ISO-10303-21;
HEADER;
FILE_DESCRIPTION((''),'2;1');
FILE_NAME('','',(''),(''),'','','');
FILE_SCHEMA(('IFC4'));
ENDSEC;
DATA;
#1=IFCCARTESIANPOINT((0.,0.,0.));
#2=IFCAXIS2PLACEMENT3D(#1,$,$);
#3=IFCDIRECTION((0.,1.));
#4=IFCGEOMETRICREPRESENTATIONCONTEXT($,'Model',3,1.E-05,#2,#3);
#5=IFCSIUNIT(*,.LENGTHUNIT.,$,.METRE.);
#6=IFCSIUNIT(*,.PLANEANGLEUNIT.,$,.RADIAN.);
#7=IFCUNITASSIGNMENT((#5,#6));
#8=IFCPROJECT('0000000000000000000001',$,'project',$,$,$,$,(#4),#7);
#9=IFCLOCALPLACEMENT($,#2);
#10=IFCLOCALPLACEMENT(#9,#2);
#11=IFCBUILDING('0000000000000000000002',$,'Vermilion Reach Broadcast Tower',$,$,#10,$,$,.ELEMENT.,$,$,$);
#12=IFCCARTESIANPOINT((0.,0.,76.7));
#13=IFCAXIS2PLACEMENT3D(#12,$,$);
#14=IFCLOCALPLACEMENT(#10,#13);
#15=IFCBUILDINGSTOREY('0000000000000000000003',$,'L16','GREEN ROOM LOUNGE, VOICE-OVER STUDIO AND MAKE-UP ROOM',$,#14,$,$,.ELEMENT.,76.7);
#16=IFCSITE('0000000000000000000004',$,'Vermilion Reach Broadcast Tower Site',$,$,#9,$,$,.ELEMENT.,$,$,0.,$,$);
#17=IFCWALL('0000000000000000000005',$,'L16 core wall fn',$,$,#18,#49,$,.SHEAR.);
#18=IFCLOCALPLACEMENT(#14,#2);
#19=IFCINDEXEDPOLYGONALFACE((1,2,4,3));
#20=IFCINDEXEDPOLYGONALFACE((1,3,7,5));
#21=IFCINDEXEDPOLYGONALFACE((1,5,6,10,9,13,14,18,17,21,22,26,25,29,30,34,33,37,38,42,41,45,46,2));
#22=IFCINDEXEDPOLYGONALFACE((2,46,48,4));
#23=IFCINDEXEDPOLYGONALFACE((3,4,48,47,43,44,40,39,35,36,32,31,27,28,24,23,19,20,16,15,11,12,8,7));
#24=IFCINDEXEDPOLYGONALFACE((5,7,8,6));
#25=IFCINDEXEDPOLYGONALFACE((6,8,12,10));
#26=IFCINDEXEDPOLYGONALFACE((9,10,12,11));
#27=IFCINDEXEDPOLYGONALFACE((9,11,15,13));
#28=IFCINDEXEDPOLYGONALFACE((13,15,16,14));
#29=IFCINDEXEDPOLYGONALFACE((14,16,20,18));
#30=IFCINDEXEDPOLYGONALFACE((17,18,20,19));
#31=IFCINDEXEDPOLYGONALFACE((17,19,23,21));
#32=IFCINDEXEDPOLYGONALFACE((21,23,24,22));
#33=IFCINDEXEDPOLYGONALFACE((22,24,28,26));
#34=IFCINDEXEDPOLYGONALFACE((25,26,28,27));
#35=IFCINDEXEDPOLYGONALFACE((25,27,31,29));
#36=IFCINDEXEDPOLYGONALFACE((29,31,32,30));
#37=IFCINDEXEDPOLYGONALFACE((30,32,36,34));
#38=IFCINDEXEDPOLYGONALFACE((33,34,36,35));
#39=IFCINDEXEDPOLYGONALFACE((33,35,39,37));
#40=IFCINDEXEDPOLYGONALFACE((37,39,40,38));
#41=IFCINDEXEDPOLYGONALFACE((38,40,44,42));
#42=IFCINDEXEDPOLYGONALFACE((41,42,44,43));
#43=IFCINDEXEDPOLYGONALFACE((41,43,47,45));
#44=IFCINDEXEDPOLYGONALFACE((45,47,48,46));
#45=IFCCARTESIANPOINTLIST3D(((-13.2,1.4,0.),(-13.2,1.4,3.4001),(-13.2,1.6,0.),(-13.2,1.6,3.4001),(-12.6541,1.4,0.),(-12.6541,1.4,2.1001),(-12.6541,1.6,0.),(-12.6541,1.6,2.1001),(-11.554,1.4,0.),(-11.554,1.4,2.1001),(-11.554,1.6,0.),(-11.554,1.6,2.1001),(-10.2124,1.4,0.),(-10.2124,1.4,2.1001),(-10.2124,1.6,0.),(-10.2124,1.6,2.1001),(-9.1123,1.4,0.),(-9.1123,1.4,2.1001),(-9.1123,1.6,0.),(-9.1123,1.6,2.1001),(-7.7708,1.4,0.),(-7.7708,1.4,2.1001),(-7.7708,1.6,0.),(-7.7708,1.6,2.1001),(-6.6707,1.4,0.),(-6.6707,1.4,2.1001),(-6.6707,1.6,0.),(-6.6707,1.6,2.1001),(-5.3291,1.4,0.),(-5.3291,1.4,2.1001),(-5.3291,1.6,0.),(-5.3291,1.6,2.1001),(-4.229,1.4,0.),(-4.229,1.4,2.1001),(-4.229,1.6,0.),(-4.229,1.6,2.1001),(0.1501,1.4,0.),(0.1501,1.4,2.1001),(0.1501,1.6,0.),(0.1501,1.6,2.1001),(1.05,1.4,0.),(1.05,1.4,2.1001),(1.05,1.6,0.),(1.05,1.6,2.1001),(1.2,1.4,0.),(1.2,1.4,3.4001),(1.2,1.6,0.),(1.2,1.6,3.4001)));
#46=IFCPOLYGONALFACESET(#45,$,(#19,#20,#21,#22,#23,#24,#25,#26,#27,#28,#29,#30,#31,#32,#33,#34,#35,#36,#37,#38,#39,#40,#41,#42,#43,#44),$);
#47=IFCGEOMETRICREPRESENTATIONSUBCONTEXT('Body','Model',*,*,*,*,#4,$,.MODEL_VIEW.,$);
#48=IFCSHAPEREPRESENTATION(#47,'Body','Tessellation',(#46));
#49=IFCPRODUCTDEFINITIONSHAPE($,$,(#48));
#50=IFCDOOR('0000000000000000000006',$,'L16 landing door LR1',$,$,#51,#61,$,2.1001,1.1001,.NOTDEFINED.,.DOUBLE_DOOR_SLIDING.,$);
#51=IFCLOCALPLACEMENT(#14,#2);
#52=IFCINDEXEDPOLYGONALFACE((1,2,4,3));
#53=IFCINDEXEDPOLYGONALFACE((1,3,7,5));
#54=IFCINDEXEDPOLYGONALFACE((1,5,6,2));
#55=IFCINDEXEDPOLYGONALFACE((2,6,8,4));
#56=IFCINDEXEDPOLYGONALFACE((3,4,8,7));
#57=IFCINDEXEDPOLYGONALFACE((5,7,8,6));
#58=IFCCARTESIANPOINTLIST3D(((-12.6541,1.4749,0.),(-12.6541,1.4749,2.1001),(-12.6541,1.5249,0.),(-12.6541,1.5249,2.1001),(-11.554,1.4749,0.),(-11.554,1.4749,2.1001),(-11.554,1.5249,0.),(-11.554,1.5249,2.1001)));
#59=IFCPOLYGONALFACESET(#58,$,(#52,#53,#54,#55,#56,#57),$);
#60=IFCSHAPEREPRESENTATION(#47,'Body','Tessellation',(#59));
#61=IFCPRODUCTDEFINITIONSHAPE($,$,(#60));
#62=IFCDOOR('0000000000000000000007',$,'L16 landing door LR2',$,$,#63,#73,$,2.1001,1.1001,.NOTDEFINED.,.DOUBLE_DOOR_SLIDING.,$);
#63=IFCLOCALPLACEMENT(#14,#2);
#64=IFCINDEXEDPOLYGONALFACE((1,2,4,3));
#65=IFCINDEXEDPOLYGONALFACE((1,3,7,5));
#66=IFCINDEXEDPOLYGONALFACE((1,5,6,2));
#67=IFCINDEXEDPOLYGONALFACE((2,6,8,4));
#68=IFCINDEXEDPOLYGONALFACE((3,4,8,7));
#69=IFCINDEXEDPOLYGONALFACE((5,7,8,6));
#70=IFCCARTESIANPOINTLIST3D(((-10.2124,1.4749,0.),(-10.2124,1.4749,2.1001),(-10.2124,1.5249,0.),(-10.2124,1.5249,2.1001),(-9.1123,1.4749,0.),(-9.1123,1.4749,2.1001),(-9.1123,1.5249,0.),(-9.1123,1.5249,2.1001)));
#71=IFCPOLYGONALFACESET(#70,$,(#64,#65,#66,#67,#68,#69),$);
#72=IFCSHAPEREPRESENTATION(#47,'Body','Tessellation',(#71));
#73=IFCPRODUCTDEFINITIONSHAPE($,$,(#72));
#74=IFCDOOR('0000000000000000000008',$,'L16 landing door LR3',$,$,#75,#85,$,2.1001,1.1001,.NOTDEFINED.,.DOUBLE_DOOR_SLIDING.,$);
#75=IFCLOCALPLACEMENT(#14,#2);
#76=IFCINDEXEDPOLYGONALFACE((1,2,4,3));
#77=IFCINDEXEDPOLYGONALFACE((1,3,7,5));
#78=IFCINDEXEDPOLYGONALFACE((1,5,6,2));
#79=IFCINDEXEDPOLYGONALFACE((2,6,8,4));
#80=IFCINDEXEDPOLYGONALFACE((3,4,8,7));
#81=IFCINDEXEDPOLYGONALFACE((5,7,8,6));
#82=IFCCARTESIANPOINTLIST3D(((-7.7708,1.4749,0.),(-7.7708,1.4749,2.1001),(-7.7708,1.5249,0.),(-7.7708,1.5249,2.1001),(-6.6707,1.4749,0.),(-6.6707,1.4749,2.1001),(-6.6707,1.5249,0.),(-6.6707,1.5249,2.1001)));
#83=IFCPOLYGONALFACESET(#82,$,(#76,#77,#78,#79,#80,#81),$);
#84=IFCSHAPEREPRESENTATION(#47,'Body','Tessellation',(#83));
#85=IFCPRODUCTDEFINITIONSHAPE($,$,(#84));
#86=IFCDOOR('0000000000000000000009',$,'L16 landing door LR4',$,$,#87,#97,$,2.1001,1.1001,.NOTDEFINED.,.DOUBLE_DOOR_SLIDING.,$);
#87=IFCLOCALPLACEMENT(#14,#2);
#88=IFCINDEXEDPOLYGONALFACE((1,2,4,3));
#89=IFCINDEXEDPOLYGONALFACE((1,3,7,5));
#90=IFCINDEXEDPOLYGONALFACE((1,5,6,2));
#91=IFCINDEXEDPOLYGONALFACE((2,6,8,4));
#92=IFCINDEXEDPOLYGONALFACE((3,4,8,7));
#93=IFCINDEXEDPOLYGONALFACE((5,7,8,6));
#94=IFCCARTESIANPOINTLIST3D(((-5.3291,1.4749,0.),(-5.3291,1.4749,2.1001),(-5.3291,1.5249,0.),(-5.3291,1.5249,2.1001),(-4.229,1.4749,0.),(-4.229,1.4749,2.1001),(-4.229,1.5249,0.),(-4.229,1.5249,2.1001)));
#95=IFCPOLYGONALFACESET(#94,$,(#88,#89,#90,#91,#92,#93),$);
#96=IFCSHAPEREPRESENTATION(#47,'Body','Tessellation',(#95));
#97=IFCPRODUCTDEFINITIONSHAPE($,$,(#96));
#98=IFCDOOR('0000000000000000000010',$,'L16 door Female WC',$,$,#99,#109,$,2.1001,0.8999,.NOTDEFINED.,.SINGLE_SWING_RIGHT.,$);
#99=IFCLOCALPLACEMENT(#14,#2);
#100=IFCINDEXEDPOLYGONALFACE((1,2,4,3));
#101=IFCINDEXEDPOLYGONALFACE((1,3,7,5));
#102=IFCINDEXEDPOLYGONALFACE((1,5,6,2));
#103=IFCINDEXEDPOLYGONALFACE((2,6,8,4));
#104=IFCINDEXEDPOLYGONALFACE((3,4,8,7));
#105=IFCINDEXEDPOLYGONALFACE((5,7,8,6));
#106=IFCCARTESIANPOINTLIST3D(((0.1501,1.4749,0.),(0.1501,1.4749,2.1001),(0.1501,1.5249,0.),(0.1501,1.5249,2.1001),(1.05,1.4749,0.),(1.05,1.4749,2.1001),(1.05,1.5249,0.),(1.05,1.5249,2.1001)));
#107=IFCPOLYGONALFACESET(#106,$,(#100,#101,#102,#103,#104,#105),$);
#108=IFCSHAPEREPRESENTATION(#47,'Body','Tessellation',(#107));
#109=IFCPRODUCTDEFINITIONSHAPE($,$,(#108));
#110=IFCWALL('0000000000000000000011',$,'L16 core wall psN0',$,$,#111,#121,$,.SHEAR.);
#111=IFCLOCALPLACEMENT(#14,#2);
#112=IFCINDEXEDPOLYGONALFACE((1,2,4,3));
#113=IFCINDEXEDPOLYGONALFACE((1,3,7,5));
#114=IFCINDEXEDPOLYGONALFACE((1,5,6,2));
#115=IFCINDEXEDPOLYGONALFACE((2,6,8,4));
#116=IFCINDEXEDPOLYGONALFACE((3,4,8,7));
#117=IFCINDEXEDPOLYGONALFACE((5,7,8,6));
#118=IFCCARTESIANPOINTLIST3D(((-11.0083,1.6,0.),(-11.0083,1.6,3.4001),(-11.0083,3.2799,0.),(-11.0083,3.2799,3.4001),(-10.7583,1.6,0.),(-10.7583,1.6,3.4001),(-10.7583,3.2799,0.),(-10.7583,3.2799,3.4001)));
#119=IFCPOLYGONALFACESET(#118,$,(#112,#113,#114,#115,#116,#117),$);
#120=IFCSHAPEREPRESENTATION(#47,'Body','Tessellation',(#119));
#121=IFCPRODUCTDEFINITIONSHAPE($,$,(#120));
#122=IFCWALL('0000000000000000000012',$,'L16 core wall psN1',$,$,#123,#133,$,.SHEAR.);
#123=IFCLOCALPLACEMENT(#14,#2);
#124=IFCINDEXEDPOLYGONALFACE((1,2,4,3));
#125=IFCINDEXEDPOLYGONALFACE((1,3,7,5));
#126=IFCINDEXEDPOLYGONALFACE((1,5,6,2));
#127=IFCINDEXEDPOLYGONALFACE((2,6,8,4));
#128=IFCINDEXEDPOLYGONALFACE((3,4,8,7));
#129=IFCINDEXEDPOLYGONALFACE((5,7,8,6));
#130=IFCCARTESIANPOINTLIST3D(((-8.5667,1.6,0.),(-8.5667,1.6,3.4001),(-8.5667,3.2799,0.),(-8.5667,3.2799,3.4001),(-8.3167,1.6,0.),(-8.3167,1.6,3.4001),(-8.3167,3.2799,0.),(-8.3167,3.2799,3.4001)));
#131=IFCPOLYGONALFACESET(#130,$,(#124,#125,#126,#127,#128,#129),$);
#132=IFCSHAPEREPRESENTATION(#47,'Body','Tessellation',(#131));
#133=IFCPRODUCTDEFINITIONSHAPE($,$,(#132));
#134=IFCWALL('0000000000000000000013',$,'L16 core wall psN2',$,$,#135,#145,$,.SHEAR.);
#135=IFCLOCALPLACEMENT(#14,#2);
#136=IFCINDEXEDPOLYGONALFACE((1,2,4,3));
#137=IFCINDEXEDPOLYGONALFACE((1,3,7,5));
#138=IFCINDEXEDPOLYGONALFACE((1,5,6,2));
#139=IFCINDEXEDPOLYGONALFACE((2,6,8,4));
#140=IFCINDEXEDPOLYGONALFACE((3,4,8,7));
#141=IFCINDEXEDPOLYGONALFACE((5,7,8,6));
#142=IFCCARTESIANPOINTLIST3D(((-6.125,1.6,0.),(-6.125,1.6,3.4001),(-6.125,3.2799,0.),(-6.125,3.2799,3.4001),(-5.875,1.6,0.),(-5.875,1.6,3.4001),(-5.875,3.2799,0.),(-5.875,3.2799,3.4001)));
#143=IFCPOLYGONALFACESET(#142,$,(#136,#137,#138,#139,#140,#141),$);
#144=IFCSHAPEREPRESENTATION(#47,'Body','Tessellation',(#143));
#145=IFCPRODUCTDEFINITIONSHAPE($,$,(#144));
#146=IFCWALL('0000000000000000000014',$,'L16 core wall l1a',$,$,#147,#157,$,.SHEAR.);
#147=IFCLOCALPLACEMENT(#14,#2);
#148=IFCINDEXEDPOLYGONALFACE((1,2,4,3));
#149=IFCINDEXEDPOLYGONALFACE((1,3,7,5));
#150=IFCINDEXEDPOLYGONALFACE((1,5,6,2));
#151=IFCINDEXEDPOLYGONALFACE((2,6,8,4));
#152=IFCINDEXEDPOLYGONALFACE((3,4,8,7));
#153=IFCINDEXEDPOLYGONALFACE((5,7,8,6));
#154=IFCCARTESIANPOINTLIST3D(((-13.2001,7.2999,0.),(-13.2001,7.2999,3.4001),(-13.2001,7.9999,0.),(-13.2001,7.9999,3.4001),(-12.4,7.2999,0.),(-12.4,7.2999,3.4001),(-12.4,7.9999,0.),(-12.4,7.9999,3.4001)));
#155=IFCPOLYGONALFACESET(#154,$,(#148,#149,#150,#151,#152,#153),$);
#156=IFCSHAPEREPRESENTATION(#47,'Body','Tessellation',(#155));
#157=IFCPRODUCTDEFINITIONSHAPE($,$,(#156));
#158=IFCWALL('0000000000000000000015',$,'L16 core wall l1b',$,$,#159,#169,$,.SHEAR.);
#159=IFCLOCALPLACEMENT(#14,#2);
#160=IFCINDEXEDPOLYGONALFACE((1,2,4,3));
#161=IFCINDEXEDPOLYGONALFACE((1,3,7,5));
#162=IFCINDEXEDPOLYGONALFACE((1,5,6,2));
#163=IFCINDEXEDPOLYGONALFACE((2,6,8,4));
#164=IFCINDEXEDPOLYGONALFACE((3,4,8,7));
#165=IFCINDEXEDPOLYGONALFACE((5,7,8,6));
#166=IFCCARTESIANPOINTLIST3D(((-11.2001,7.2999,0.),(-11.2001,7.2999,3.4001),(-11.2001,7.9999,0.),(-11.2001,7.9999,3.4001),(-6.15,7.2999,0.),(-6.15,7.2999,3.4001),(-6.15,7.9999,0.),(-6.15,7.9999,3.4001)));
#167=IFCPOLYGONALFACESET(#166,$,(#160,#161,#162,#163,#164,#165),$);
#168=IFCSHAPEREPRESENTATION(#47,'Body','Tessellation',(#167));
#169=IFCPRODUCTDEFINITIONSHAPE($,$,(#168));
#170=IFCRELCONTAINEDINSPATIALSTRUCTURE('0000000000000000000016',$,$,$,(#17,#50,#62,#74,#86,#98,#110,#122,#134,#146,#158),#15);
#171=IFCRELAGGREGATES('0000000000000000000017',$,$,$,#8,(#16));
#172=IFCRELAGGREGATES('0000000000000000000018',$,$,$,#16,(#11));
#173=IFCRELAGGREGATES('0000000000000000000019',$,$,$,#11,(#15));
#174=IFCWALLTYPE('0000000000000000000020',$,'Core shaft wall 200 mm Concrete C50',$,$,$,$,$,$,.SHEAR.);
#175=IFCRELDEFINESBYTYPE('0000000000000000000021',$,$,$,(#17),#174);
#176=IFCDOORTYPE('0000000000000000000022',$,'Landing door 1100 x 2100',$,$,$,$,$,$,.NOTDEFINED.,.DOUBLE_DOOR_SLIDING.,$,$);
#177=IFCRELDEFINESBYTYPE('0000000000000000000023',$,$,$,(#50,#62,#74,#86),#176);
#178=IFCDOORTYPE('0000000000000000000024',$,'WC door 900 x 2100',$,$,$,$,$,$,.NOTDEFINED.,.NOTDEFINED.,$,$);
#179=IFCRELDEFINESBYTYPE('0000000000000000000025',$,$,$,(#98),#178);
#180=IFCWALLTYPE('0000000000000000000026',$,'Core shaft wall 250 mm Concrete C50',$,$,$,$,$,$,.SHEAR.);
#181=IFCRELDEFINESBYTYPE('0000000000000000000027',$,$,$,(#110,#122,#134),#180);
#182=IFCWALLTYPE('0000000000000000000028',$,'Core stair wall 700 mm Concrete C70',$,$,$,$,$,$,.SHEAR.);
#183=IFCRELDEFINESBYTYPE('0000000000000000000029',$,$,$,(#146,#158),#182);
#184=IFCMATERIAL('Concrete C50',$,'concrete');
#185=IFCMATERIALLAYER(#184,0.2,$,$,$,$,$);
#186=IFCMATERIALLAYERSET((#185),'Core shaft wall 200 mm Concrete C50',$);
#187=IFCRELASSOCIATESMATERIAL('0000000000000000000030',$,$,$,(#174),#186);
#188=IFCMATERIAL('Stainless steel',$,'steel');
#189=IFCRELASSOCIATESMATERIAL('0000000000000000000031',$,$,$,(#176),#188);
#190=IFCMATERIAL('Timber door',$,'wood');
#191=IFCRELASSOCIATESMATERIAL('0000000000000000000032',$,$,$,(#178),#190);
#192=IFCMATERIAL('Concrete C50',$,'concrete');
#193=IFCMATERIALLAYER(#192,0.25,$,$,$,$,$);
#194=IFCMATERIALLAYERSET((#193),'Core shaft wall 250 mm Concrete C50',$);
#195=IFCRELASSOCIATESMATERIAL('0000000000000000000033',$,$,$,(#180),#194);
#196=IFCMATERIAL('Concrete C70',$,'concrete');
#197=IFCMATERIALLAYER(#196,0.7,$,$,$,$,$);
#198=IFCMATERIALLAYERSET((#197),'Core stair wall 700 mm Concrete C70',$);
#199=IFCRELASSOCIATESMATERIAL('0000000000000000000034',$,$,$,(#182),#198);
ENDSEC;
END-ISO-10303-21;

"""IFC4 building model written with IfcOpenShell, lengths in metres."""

from ifc_helpers import new_model, si_unit, direction, frame, frame_2d, origin, place, context, subcontext, project, spatial, rectangle, extrude, material, layer, layer_set, type_object, element, fill, save


model = new_model("IFC4")

# Units and contexts
model_context = context("Model", 3, precision=1e-05, world=origin(), true_north=direction((0.0, 1.0)))
body_context = subcontext(model_context, "Body", "Model", "MODEL_VIEW")
ifc_project = project(units=[si_unit("LENGTHUNIT", "METRE"), si_unit("PLANEANGLEUNIT", "RADIAN")], contexts=[model_context])

# Site, building, storey
site_placement = place(None, origin())
site = spatial("IfcSite", under=ifc_project, at=site_placement, Name="Vermilion Reach Broadcast Tower Site", CompositionType="ELEMENT", RefElevation=0.0)
building_placement = place(site_placement, origin())
building = spatial("IfcBuilding", under=site, at=building_placement, Name="Vermilion Reach Broadcast Tower", CompositionType="ELEMENT")
storey_placement = place(building_placement, frame((0.0, 0.0, 76.7)))
storey = spatial("IfcBuildingStorey", under=building, at=storey_placement, Name="L16", Description="GREEN ROOM LOUNGE, VOICE-OVER STUDIO AND MAKE-UP ROOM", CompositionType="ELEMENT", Elevation=76.7)

# Wall, openings, doors
ifc_material_1 = material(Name="Concrete C50", Category="concrete")
ifc_layer_1 = layer(ifc_material_1, 0.2)
ifc_layer_set_1 = layer_set([ifc_layer_1], Name="Core shaft wall 200 mm Concrete C50")
wall_type_1 = type_object("IfcWallType", Name="Core shaft wall 200 mm Concrete C50", PredefinedType="SHEAR", material=ifc_layer_set_1)
wall_1_placement = place(storey_placement, frame((-13.2, 1.5, 0.0), z_axis=(0.0, 0.0, 1.0), x_axis=(1.0, 0.0, 0.0)))
wall_1 = element("IfcWall", 1, at=wall_1_placement, inside=storey, type_object=wall_type_1, Name="L16 core wall fn", PredefinedType="SHEAR", context=body_context, shape_type="SweptSolid", body=[
    extrude(rectangle(XDim=14.3999, YDim=0.2, at=frame_2d((7.2, 0.0))), origin(), (0.0, 0.0, 1.0), 3.4001),
])
opening_1_placement = place(wall_1_placement, frame((0.5459, 0.0, 0.0)))
opening_1 = element("IfcOpeningElement", 2, at=opening_1_placement, cuts=wall_1, PredefinedType="OPENING", context=body_context, shape_type="SweptSolid", body=[
    extrude(rectangle(XDim=1.1001, YDim=2.1001, at=frame_2d((0.55, 1.05))), frame((0.0, 0.1099, 0.0), z_axis=(0.0, -1.0, 0.0), x_axis=(1.0, 0.0, 0.0)), (0.0, 0.0, 1.0), 0.22),
])
opening_2_placement = place(wall_1_placement, frame((2.9875, 0.0, 0.0)))
opening_2 = element("IfcOpeningElement", 3, at=opening_2_placement, cuts=wall_1, PredefinedType="OPENING", context=body_context, shape_type="SweptSolid", body=[
    extrude(rectangle(XDim=1.1001, YDim=2.1001, at=frame_2d((0.55, 1.05))), frame((0.0, 0.1099, 0.0), z_axis=(0.0, -1.0, 0.0), x_axis=(1.0, 0.0, 0.0)), (0.0, 0.0, 1.0), 0.22),
])
opening_3_placement = place(wall_1_placement, frame((5.4292, 0.0, 0.0)))
opening_3 = element("IfcOpeningElement", 4, at=opening_3_placement, cuts=wall_1, PredefinedType="OPENING", context=body_context, shape_type="SweptSolid", body=[
    extrude(rectangle(XDim=1.1001, YDim=2.1001, at=frame_2d((0.55, 1.05))), frame((0.0, 0.1099, 0.0), z_axis=(0.0, -1.0, 0.0), x_axis=(1.0, 0.0, 0.0)), (0.0, 0.0, 1.0), 0.22),
])
opening_4_placement = place(wall_1_placement, frame((7.8708, 0.0, 0.0)))
opening_4 = element("IfcOpeningElement", 5, at=opening_4_placement, cuts=wall_1, PredefinedType="OPENING", context=body_context, shape_type="SweptSolid", body=[
    extrude(rectangle(XDim=1.1001, YDim=2.1001, at=frame_2d((0.55, 1.05))), frame((0.0, 0.1099, 0.0), z_axis=(0.0, -1.0, 0.0), x_axis=(1.0, 0.0, 0.0)), (0.0, 0.0, 1.0), 0.22),
])
opening_5_placement = place(wall_1_placement, frame((13.3501, 0.0, 0.0)))
opening_5 = element("IfcOpeningElement", 6, at=opening_5_placement, cuts=wall_1, PredefinedType="OPENING", context=body_context, shape_type="SweptSolid", body=[
    extrude(rectangle(XDim=0.8999, YDim=2.1001, at=frame_2d((0.45, 1.05))), frame((0.0, 0.1099, 0.0), z_axis=(0.0, -1.0, 0.0), x_axis=(1.0, 0.0, 0.0)), (0.0, 0.0, 1.0), 0.22),
])
ifc_material_2 = material(Name="Stainless steel", Category="steel")
door_type_1 = type_object("IfcDoorType", Name="Landing door 1100 x 2100", OperationType="DOUBLE_DOOR_SLIDING", PredefinedType="NOTDEFINED", material=ifc_material_2)
door_1_placement = place(opening_1_placement, origin())
door_1 = element("IfcDoor", 7, at=door_1_placement, inside=storey, type_object=door_type_1, Name="L16 landing door LR1", OperationType="DOUBLE_DOOR_SLIDING", OverallHeight=2.1001, OverallWidth=1.1001, PredefinedType="NOTDEFINED", context=body_context, shape_type="SweptSolid", body=[
    extrude(rectangle(XDim=1.1001, YDim=2.1001, at=frame_2d((0.55, 1.05))), frame((0.0, 0.0249, 0.0), z_axis=(0.0, -1.0, 0.0), x_axis=(1.0, 0.0, 0.0)), (0.0, 0.0, 1.0), 0.05),
])
fill(opening_1, door_1)
door_2_placement = place(opening_2_placement, origin())
door_2 = element("IfcDoor", 8, at=door_2_placement, inside=storey, type_object=door_type_1, Name="L16 landing door LR2", OperationType="DOUBLE_DOOR_SLIDING", OverallHeight=2.1001, OverallWidth=1.1001, PredefinedType="NOTDEFINED", context=body_context, shape_type="SweptSolid", body=[
    extrude(rectangle(XDim=1.1001, YDim=2.1001, at=frame_2d((0.55, 1.05))), frame((0.0, 0.0249, 0.0), z_axis=(0.0, -1.0, 0.0), x_axis=(1.0, 0.0, 0.0)), (0.0, 0.0, 1.0), 0.05),
])
fill(opening_2, door_2)
door_3_placement = place(opening_3_placement, origin())
door_3 = element("IfcDoor", 9, at=door_3_placement, inside=storey, type_object=door_type_1, Name="L16 landing door LR3", OperationType="DOUBLE_DOOR_SLIDING", OverallHeight=2.1001, OverallWidth=1.1001, PredefinedType="NOTDEFINED", context=body_context, shape_type="SweptSolid", body=[
    extrude(rectangle(XDim=1.1001, YDim=2.1001, at=frame_2d((0.55, 1.05))), frame((0.0, 0.0249, 0.0), z_axis=(0.0, -1.0, 0.0), x_axis=(1.0, 0.0, 0.0)), (0.0, 0.0, 1.0), 0.05),
])
fill(opening_3, door_3)
door_4_placement = place(opening_4_placement, origin())
door_4 = element("IfcDoor", 10, at=door_4_placement, inside=storey, type_object=door_type_1, Name="L16 landing door LR4", OperationType="DOUBLE_DOOR_SLIDING", OverallHeight=2.1001, OverallWidth=1.1001, PredefinedType="NOTDEFINED", context=body_context, shape_type="SweptSolid", body=[
    extrude(rectangle(XDim=1.1001, YDim=2.1001, at=frame_2d((0.55, 1.05))), frame((0.0, 0.0249, 0.0), z_axis=(0.0, -1.0, 0.0), x_axis=(1.0, 0.0, 0.0)), (0.0, 0.0, 1.0), 0.05),
])
fill(opening_4, door_4)
ifc_material_3 = material(Name="Timber door", Category="wood")
door_type_2 = type_object("IfcDoorType", Name="WC door 900 x 2100", OperationType="NOTDEFINED", PredefinedType="NOTDEFINED", material=ifc_material_3)
door_5_placement = place(opening_5_placement, origin())
door_5 = element("IfcDoor", 11, at=door_5_placement, inside=storey, type_object=door_type_2, Name="L16 door Female WC", OperationType="SINGLE_SWING_RIGHT", OverallHeight=2.1001, OverallWidth=0.8999, PredefinedType="NOTDEFINED", context=body_context, shape_type="SweptSolid", body=[
    extrude(rectangle(XDim=0.8999, YDim=2.1001, at=frame_2d((0.45, 1.05))), frame((0.0, 0.0249, 0.0), z_axis=(0.0, -1.0, 0.0), x_axis=(1.0, 0.0, 0.0)), (0.0, 0.0, 1.0), 0.05),
])
fill(opening_5, door_5)

# Walls
ifc_material_4 = material(Name="Concrete C50", Category="concrete")
ifc_layer_2 = layer(ifc_material_4, 0.25)
ifc_layer_set_2 = layer_set([ifc_layer_2], Name="Core shaft wall 250 mm Concrete C50")
wall_type_2 = type_object("IfcWallType", Name="Core shaft wall 250 mm Concrete C50", PredefinedType="SHEAR", material=ifc_layer_set_2)
for number, where, z_axis, x_axis, name in (
    (12, (-10.8833, 1.6001, 0.0), (0.0, 0.0, 1.0), (0.0, 1.0, 0.0), "L16 core wall psN0"),
    (13, (-8.4417, 1.6001, 0.0), (0.0, 0.0, 1.0), (0.0, 1.0, 0.0), "L16 core wall psN1"),
    (14, (-6.0, 1.6001, 0.0), (0.0, 0.0, 1.0), (0.0, 1.0, 0.0), "L16 core wall psN2"),
):
    element("IfcWall", number, at=place(storey_placement, frame(where, z_axis=z_axis, x_axis=x_axis)), inside=storey, type_object=wall_type_2, Name=name, PredefinedType="SHEAR", context=body_context, shape_type="SweptSolid", body=[
        extrude(rectangle(XDim=1.6799, YDim=0.25, at=frame_2d((0.8398, 0.0))), origin(), (0.0, 0.0, 1.0), 3.4001),
    ])
ifc_material_5 = material(Name="Concrete C70", Category="concrete")
ifc_layer_3 = layer(ifc_material_5, 0.7)
ifc_layer_set_3 = layer_set([ifc_layer_3], Name="Core stair wall 700 mm Concrete C70")
wall_type_3 = type_object("IfcWallType", Name="Core stair wall 700 mm Concrete C70", PredefinedType="SHEAR", material=ifc_layer_set_3)
wall_2_placement = place(storey_placement, frame((-13.2, 7.6499, 0.0), z_axis=(0.0, 0.0, 1.0), x_axis=(1.0, 0.0, 0.0)))
element("IfcWall", 15, at=wall_2_placement, inside=storey, type_object=wall_type_3, Name="L16 core wall l1a", PredefinedType="SHEAR", context=body_context, shape_type="SweptSolid", body=[
    extrude(rectangle(XDim=0.8, YDim=0.7, at=frame_2d((0.3999, 0.0))), origin(), (0.0, 0.0, 1.0), 3.4001),
])
wall_3_placement = place(storey_placement, frame((-11.2, 7.6499, 0.0), z_axis=(0.0, 0.0, 1.0), x_axis=(1.0, 0.0, 0.0)))
element("IfcWall", 16, at=wall_3_placement, inside=storey, type_object=wall_type_3, Name="L16 core wall l1b", PredefinedType="SHEAR", context=body_context, shape_type="SweptSolid", body=[
    extrude(rectangle(XDim=5.05, YDim=0.7, at=frame_2d((2.5249, 0.0))), origin(), (0.0, 0.0, 1.0), 3.4001),
])

save(model, "model.ifc")
